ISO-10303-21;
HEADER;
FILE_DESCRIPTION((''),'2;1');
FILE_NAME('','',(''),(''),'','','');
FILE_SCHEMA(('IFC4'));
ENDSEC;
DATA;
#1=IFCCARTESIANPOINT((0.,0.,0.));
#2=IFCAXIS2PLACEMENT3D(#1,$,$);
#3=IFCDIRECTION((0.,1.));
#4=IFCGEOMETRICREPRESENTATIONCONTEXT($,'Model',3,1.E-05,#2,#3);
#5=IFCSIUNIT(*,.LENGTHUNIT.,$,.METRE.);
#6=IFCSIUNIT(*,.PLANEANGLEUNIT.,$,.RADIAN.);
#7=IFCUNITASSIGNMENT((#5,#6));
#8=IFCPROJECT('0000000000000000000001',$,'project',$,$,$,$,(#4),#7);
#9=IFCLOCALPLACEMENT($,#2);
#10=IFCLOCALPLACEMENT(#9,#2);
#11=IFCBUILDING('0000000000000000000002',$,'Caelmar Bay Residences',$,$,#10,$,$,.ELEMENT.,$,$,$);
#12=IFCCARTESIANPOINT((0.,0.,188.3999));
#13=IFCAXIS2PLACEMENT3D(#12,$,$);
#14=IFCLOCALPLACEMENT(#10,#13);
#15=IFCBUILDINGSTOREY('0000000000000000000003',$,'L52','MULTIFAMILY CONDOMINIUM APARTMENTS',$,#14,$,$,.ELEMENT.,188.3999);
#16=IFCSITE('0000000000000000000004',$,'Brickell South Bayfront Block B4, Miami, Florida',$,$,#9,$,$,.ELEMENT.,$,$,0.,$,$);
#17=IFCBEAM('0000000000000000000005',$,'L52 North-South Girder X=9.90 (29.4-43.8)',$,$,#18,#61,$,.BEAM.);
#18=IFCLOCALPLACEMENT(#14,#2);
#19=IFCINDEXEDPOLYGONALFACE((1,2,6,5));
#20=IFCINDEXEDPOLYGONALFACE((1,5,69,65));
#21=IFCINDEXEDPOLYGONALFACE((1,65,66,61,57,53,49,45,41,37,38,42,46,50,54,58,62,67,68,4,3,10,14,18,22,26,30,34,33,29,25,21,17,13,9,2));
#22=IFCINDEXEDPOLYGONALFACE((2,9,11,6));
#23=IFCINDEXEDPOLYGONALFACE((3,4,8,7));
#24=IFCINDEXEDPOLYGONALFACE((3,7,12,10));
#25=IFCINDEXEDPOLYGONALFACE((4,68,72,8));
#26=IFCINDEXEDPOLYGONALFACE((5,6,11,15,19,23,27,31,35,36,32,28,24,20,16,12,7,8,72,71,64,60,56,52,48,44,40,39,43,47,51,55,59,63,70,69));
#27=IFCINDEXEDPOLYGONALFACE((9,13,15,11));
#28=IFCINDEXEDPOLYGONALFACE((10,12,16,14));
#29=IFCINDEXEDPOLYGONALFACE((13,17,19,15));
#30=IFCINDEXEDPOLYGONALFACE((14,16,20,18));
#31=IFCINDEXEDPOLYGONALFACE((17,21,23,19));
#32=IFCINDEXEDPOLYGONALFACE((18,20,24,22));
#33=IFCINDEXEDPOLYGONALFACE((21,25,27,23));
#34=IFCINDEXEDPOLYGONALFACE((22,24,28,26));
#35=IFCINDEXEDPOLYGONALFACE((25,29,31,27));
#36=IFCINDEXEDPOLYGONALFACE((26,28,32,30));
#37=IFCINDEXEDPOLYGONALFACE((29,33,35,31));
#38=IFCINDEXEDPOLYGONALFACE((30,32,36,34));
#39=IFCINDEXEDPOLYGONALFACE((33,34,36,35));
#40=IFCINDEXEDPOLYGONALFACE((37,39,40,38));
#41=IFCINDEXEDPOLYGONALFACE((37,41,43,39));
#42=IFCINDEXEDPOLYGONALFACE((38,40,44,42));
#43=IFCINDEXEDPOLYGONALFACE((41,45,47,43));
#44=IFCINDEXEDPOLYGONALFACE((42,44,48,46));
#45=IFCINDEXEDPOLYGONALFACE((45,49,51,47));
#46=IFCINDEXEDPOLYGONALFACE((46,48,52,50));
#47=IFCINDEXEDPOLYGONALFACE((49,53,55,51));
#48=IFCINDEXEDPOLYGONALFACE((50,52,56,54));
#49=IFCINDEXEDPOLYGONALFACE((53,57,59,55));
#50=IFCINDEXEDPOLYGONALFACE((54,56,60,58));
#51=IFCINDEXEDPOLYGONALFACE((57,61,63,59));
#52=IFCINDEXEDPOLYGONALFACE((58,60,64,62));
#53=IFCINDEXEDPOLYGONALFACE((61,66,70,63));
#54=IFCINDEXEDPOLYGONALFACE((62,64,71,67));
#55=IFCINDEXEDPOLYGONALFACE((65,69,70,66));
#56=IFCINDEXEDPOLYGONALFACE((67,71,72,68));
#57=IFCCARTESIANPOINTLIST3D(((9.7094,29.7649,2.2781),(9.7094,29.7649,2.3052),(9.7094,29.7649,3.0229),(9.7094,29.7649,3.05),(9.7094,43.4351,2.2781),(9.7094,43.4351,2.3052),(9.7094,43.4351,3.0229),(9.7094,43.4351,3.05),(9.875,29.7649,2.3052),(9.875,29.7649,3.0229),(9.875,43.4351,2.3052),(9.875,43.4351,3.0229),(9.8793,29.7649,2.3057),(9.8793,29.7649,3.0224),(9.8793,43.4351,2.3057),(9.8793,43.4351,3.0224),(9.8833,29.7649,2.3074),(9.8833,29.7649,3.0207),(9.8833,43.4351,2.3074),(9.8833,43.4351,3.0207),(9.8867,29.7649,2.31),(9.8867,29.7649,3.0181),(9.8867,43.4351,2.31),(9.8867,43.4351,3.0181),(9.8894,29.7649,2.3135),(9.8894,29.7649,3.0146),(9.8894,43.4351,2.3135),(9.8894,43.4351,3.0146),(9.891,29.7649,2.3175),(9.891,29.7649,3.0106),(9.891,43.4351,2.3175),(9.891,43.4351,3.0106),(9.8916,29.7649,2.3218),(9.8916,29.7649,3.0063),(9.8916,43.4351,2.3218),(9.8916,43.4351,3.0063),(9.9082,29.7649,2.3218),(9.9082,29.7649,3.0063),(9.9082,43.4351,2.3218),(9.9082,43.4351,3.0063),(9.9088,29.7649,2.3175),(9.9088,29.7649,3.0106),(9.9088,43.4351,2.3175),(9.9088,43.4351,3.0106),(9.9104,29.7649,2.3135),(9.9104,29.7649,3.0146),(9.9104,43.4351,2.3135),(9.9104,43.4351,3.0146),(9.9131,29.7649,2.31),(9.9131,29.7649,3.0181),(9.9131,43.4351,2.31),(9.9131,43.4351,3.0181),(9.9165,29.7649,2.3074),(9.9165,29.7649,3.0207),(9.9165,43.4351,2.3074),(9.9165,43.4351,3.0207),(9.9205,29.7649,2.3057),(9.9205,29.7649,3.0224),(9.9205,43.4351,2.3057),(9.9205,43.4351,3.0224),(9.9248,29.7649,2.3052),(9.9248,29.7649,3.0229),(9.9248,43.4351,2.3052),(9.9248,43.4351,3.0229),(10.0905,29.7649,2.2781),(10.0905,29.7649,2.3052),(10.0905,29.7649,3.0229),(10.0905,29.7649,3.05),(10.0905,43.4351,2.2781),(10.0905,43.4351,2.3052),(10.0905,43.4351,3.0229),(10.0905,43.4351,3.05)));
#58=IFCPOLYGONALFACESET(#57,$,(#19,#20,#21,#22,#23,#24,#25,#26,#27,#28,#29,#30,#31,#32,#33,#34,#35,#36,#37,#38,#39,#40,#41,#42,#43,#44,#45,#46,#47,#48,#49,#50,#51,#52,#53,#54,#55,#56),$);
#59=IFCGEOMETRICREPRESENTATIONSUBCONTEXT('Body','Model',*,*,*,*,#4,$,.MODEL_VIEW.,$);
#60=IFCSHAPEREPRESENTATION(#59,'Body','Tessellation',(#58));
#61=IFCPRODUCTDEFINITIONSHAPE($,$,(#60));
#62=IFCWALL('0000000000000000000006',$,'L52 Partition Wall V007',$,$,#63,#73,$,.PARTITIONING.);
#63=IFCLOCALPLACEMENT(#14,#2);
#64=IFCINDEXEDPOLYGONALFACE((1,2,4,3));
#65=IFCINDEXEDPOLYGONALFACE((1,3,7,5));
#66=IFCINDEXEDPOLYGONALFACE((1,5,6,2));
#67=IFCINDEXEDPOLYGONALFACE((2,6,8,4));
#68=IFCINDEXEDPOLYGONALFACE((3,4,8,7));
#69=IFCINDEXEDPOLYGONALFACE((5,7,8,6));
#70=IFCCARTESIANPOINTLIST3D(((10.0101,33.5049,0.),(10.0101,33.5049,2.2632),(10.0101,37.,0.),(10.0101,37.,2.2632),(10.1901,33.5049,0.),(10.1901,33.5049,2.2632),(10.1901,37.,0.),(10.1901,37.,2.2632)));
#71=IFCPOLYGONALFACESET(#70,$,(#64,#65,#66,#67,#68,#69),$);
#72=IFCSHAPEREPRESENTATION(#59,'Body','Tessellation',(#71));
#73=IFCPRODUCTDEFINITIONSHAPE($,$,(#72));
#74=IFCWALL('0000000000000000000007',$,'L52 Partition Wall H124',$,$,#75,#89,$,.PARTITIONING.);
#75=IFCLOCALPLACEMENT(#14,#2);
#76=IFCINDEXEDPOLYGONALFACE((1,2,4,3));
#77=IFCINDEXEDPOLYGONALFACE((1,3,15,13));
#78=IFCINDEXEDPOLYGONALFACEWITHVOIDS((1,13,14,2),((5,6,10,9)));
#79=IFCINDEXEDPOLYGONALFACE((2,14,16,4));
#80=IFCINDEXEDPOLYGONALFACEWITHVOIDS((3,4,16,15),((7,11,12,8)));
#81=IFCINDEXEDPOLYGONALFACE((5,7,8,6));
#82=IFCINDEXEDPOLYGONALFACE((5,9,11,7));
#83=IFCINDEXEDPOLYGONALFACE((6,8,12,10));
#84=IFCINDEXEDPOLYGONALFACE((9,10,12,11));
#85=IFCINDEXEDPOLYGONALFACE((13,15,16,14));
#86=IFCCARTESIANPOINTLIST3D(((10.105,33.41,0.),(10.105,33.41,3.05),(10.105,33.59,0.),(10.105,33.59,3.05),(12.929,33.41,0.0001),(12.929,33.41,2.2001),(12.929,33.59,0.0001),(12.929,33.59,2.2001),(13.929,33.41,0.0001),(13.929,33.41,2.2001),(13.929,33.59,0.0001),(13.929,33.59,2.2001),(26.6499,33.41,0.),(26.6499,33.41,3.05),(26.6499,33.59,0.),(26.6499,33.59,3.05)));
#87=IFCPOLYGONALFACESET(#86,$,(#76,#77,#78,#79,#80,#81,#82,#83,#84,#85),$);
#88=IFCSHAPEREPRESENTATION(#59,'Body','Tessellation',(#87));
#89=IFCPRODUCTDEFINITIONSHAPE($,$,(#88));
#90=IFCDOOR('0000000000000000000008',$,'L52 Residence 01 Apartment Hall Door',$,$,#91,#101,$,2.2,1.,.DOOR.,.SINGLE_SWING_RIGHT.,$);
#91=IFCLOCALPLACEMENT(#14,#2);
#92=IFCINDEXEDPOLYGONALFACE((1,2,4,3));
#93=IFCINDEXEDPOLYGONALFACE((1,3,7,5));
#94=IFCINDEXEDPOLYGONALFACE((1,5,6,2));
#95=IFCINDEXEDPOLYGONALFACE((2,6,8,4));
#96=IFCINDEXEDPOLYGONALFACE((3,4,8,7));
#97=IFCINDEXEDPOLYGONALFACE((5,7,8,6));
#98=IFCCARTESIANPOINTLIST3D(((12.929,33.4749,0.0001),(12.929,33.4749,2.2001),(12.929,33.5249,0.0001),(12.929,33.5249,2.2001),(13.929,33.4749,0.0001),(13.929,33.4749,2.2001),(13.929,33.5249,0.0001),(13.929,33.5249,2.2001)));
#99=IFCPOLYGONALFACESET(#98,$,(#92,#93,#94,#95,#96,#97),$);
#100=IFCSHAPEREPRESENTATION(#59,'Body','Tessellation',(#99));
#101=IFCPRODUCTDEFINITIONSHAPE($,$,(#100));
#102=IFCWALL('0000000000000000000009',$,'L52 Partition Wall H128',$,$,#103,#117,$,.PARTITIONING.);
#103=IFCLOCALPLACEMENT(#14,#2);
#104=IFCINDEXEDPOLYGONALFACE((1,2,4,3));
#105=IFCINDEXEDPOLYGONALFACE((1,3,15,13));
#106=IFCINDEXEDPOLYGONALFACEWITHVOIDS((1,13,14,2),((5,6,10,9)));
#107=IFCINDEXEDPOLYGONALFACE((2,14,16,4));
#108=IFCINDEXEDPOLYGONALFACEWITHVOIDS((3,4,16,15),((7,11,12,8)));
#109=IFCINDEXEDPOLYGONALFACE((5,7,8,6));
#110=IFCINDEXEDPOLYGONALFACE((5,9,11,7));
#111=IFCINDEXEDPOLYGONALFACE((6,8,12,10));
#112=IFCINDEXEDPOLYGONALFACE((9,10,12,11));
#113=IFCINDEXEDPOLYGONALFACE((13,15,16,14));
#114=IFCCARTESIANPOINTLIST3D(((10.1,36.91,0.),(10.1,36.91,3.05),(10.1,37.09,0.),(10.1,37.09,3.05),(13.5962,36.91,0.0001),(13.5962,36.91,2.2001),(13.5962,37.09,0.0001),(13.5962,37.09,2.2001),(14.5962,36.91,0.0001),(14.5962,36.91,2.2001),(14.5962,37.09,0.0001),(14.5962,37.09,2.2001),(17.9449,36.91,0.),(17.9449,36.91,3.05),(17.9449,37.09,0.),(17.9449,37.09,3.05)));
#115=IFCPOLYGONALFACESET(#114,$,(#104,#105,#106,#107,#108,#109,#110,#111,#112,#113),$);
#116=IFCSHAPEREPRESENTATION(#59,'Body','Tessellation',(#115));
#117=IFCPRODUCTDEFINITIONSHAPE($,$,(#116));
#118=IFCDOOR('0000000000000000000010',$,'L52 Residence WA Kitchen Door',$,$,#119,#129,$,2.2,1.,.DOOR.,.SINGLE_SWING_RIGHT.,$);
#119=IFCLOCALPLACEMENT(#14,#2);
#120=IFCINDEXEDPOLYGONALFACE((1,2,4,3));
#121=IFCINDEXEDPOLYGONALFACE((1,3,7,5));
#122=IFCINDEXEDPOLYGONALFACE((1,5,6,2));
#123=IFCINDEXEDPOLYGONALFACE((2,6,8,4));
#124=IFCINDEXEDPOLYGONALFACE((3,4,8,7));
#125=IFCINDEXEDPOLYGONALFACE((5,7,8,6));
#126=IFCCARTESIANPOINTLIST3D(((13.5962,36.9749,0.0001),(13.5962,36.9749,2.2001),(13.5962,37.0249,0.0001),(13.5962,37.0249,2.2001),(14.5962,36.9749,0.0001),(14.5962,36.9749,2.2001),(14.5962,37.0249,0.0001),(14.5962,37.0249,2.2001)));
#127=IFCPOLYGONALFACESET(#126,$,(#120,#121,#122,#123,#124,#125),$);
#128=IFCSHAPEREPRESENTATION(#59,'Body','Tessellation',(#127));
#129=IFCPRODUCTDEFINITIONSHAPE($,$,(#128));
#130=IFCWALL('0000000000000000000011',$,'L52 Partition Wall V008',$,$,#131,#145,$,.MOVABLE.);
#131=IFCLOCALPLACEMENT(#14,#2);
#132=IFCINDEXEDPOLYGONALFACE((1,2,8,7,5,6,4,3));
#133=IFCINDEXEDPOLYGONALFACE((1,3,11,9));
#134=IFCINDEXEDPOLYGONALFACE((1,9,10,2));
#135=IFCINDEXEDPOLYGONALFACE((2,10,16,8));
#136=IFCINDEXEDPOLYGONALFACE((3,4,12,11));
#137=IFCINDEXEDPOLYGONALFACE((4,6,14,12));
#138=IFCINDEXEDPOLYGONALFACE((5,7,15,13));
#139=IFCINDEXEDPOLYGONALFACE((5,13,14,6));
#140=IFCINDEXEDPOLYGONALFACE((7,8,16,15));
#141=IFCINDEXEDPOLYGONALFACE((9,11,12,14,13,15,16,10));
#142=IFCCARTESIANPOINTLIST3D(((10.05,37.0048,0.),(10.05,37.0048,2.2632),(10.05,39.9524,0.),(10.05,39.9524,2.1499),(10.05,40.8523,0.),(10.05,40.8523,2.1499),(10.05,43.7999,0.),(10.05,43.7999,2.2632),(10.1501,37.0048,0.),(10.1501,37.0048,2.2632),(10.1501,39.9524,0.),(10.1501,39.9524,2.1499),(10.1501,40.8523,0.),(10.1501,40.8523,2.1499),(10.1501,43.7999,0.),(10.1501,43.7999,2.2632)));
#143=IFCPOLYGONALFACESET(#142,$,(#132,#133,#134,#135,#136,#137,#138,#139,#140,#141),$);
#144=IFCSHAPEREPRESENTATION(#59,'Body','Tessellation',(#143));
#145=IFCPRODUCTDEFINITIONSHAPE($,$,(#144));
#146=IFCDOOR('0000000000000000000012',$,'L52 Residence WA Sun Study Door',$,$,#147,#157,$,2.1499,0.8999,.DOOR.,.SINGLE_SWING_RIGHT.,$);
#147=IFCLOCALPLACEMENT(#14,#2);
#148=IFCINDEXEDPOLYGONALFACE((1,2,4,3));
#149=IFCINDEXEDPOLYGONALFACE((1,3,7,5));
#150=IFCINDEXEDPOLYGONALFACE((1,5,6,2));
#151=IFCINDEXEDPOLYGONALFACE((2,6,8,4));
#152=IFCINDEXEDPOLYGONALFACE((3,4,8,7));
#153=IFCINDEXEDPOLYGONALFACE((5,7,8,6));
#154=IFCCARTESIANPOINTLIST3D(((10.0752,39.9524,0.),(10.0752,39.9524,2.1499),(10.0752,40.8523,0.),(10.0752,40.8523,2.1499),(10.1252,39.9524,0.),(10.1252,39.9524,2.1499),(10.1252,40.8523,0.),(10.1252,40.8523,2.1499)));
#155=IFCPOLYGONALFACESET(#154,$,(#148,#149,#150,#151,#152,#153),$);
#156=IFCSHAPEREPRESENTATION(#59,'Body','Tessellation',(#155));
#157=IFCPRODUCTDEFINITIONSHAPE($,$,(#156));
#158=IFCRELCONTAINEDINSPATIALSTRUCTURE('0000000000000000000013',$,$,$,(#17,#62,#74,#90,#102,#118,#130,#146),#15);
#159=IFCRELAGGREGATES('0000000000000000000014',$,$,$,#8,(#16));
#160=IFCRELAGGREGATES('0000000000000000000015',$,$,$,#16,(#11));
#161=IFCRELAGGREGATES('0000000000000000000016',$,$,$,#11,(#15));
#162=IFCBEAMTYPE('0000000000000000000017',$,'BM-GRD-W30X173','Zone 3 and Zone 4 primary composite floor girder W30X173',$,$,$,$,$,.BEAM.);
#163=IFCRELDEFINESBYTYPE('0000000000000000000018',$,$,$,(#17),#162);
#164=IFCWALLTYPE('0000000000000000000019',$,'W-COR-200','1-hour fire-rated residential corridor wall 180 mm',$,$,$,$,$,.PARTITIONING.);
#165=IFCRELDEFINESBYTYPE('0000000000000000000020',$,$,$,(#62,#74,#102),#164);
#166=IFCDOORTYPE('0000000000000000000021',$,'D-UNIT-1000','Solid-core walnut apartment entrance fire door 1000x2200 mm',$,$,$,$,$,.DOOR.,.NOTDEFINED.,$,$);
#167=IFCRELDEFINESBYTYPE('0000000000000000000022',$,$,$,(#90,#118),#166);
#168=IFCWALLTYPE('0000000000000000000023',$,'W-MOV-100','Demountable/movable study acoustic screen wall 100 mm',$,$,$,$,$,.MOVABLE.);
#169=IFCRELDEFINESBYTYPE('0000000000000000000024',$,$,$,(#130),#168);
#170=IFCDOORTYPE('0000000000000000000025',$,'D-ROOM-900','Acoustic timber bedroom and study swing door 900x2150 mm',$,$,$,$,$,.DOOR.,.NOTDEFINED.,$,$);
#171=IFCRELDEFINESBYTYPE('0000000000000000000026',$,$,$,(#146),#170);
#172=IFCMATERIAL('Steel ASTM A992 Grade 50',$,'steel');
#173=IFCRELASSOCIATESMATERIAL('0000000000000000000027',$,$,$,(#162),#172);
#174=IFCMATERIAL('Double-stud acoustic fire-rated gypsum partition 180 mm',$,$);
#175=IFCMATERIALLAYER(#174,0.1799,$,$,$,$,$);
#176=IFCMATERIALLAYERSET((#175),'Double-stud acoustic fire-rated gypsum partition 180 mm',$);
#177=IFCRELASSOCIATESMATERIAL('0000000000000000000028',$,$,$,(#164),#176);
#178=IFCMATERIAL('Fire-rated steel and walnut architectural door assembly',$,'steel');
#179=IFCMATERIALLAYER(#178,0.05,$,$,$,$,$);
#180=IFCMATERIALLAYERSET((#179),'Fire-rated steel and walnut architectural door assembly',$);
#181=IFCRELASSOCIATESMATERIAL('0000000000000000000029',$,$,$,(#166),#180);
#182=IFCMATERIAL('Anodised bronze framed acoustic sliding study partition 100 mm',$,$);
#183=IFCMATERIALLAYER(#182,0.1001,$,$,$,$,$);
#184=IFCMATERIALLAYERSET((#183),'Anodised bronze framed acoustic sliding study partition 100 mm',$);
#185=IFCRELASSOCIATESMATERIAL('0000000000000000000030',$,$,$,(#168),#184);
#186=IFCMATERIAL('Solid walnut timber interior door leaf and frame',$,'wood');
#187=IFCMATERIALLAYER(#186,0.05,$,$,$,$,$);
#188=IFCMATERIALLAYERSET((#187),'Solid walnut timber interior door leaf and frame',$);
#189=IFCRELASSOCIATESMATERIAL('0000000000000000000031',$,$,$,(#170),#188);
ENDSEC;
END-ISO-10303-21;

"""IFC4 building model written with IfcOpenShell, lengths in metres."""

from ifc_helpers import new_model, si_unit, direction, frame, frame_2d, origin, origin_2d, place, context, subcontext, project, spatial, rectangle, i_section, extrude, material, layer, layer_set, material_profile, profile_set, type_object, element, fill, save


model = new_model("IFC4")

# Units and contexts
model_context = context("Model", 3, precision=1e-05, world=origin(), true_north=direction((0.0, 1.0)))
body_context = subcontext(model_context, "Body", "Model", "MODEL_VIEW")
ifc_project = project(units=[si_unit("LENGTHUNIT", "METRE"), si_unit("PLANEANGLEUNIT", "RADIAN")], contexts=[model_context])

# Site, building, storey
site_placement = place(None, origin())
site = spatial("IfcSite", under=ifc_project, at=site_placement, Name="Brickell South Bayfront Block B4, Miami, Florida", CompositionType="ELEMENT", RefElevation=0.0)
building_placement = place(site_placement, origin())
building = spatial("IfcBuilding", under=site, at=building_placement, Name="Caelmar Bay Residences", CompositionType="ELEMENT")
storey_placement = place(building_placement, frame((0.0, 0.0, 188.3999)))
storey = spatial("IfcBuildingStorey", under=building, at=storey_placement, Name="L52", Description="MULTIFAMILY CONDOMINIUM APARTMENTS", CompositionType="ELEMENT", Elevation=188.3999)

# Beam
ifc_material_1 = material(Name="Steel ASTM A992 Grade 50", Category="steel")
ifc_material_profile_1 = material_profile(ifc_material_1, i_section(OverallWidth=0.3811, OverallDepth=0.772, WebThickness=0.0166, FlangeThickness=0.0271, FilletRadius=0.0166, at=origin_2d()), Name="W30X173")
ifc_profile_set_1 = profile_set([ifc_material_profile_1], Name="Steel ASTM A992 Grade 50")
beam_type = type_object("IfcBeamType", Name="BM-GRD-W30X173", Description="Zone 3 and Zone 4 primary composite floor girder W30X173", PredefinedType="BEAM", material=ifc_profile_set_1)
beam_placement = place(storey_placement, frame((9.8999, 29.7649, 2.6641), z_axis=(0.0, 1.0, 0.0), x_axis=(-1.0, 0.0, 0.0)))
element("IfcBeam", 1, at=beam_placement, inside=storey, type_object=beam_type, Name="L52 North-South Girder X=9.90 (29.4-43.8)", PredefinedType="BEAM", context=body_context, shape_type="SweptSolid", body=[
    extrude(i_section(OverallWidth=0.3811, OverallDepth=0.772, WebThickness=0.0166, FlangeThickness=0.0271, FilletRadius=0.0166, at=origin_2d()), origin(), (0.0, 0.0, 1.0), 13.6702),
])

# Shared definitions
ifc_material_2 = material(Name="Fire-rated steel and walnut architectural door assembly", Category="steel")

# Wall
ifc_material_3 = material(Name="Double-stud acoustic fire-rated gypsum partition 180 mm")
ifc_layer_1 = layer(ifc_material_3, 0.1799)
ifc_layer_set_1 = layer_set([ifc_layer_1], Name="Double-stud acoustic fire-rated gypsum partition 180 mm")
wall_type_1 = type_object("IfcWallType", Name="W-COR-200", Description="1-hour fire-rated residential corridor wall 180 mm", PredefinedType="PARTITIONING", material=ifc_layer_set_1)
wall_1_placement = place(storey_placement, frame((10.1001, 33.5049, 0.0), z_axis=(0.0, 0.0, 1.0), x_axis=(0.0, 1.0, 0.0)))
element("IfcWall", 2, at=wall_1_placement, inside=storey, type_object=wall_type_1, Name="L52 Partition Wall V007", PredefinedType="PARTITIONING", context=body_context, shape_type="SweptSolid", body=[
    extrude(rectangle(XDim=3.4951, YDim=0.1799, at=frame_2d((1.7476, 0.0))), origin(), (0.0, 0.0, 1.0), 2.2632),
])

# Walls, openings, doors
wall_2_placement = place(storey_placement, frame((10.105, 33.5, 0.0), z_axis=(0.0, 0.0, 1.0), x_axis=(1.0, 0.0, 0.0)))
wall_2 = element("IfcWall", 3, at=wall_2_placement, inside=storey, type_object=wall_type_1, Name="L52 Partition Wall H124", PredefinedType="PARTITIONING", context=body_context, shape_type="SweptSolid", body=[
    extrude(rectangle(XDim=16.5449, YDim=0.1799, at=frame_2d((8.2725, 0.0))), origin(), (0.0, 0.0, 1.0), 3.05),
])
opening_1_placement = place(wall_2_placement, frame((2.824, 0.0, 0.0)))
opening_1 = element("IfcOpeningElement", 4, at=opening_1_placement, cuts=wall_2, PredefinedType="OPENING", context=body_context, shape_type="SweptSolid", body=[
    extrude(rectangle(XDim=1.0, YDim=2.2, at=frame_2d((0.5, 1.1001))), frame((0.0, 0.0999, 0.0), z_axis=(0.0, -1.0, 0.0), x_axis=(1.0, 0.0, 0.0)), (0.0, 0.0, 1.0), 0.2),
])
ifc_layer_2 = layer(ifc_material_2, 0.05)
ifc_layer_set_2 = layer_set([ifc_layer_2], Name="Fire-rated steel and walnut architectural door assembly")
door_type_1 = type_object("IfcDoorType", Name="D-UNIT-1000", Description="Solid-core walnut apartment entrance fire door 1000x2200 mm", OperationType="NOTDEFINED", PredefinedType="DOOR", material=ifc_layer_set_2)
door_1_placement = place(opening_1_placement, origin())
door_1 = element("IfcDoor", 5, at=door_1_placement, inside=storey, type_object=door_type_1, Name="L52 Residence 01 Apartment Hall Door", OperationType="SINGLE_SWING_RIGHT", OverallHeight=2.2, OverallWidth=1.0, PredefinedType="DOOR", context=body_context, shape_type="SweptSolid", body=[
    extrude(rectangle(XDim=1.0, YDim=2.2, at=frame_2d((0.5, 1.1001))), frame((0.0, 0.0249, 0.0), z_axis=(0.0, -1.0, 0.0), x_axis=(1.0, 0.0, 0.0)), (0.0, 0.0, 1.0), 0.05),
])
fill(opening_1, door_1)
wall_3_placement = place(storey_placement, frame((10.1001, 37.0, 0.0), z_axis=(0.0, 0.0, 1.0), x_axis=(1.0, 0.0, 0.0)))
wall_3 = element("IfcWall", 6, at=wall_3_placement, inside=storey, type_object=wall_type_1, Name="L52 Partition Wall H128", PredefinedType="PARTITIONING", context=body_context, shape_type="SweptSolid", body=[
    extrude(rectangle(XDim=7.845, YDim=0.1799, at=frame_2d((3.9224, 0.0))), origin(), (0.0, 0.0, 1.0), 3.05),
])
opening_2_placement = place(wall_3_placement, frame((3.4961, 0.0, 0.0)))
opening_2 = element("IfcOpeningElement", 7, at=opening_2_placement, cuts=wall_3, PredefinedType="OPENING", context=body_context, shape_type="SweptSolid", body=[
    extrude(rectangle(XDim=1.0, YDim=2.2, at=frame_2d((0.5, 1.1001))), frame((0.0, 0.0999, 0.0), z_axis=(0.0, -1.0, 0.0), x_axis=(1.0, 0.0, 0.0)), (0.0, 0.0, 1.0), 0.2),
])
door_2_placement = place(opening_2_placement, origin())
door_2 = element("IfcDoor", 8, at=door_2_placement, inside=storey, type_object=door_type_1, Name="L52 Residence WA Kitchen Door", OperationType="SINGLE_SWING_RIGHT", OverallHeight=2.2, OverallWidth=1.0, PredefinedType="DOOR", context=body_context, shape_type="SweptSolid", body=[
    extrude(rectangle(XDim=1.0, YDim=2.2, at=frame_2d((0.5, 1.1001))), frame((0.0, 0.0249, 0.0), z_axis=(0.0, -1.0, 0.0), x_axis=(1.0, 0.0, 0.0)), (0.0, 0.0, 1.0), 0.05),
])
fill(opening_2, door_2)
ifc_material_4 = material(Name="Anodised bronze framed acoustic sliding study partition 100 mm")
ifc_layer_3 = layer(ifc_material_4, 0.1001)
ifc_layer_set_3 = layer_set([ifc_layer_3], Name="Anodised bronze framed acoustic sliding study partition 100 mm")
wall_type_2 = type_object("IfcWallType", Name="W-MOV-100", Description="Demountable/movable study acoustic screen wall 100 mm", PredefinedType="MOVABLE", material=ifc_layer_set_3)
wall_4_placement = place(storey_placement, frame((10.1001, 37.0049, 0.0), z_axis=(0.0, 0.0, 1.0), x_axis=(0.0, 1.0, 0.0)))
wall_4 = element("IfcWall", 9, at=wall_4_placement, inside=storey, type_object=wall_type_2, Name="L52 Partition Wall V008", PredefinedType="MOVABLE", context=body_context, shape_type="SweptSolid", body=[
    extrude(rectangle(XDim=6.7952, YDim=0.1001, at=frame_2d((3.3975, 0.0))), origin(), (0.0, 0.0, 1.0), 2.2632),
])
opening_3_placement = place(wall_4_placement, frame((2.9475, 0.0, 0.0)))
opening_3 = element("IfcOpeningElement", 10, at=opening_3_placement, cuts=wall_4, PredefinedType="OPENING", context=body_context, shape_type="SweptSolid", body=[
    extrude(rectangle(XDim=0.8999, YDim=2.1499, at=frame_2d((0.45, 1.075))), frame((0.0, 0.0601, 0.0), z_axis=(0.0, -1.0, 0.0), x_axis=(1.0, 0.0, 0.0)), (0.0, 0.0, 1.0), 0.1201),
])
ifc_material_5 = material(Name="Solid walnut timber interior door leaf and frame", Category="wood")
ifc_layer_4 = layer(ifc_material_5, 0.05)
ifc_layer_set_4 = layer_set([ifc_layer_4], Name="Solid walnut timber interior door leaf and frame")
door_type_2 = type_object("IfcDoorType", Name="D-ROOM-900", Description="Acoustic timber bedroom and study swing door 900x2150 mm", OperationType="NOTDEFINED", PredefinedType="DOOR", material=ifc_layer_set_4)
door_3_placement = place(opening_3_placement, origin())
door_3 = element("IfcDoor", 11, at=door_3_placement, inside=storey, type_object=door_type_2, Name="L52 Residence WA Sun Study Door", OperationType="SINGLE_SWING_RIGHT", OverallHeight=2.1499, OverallWidth=0.8999, PredefinedType="DOOR", context=body_context, shape_type="SweptSolid", body=[
    extrude(rectangle(XDim=0.8999, YDim=2.1499, at=frame_2d((0.45, 1.075))), frame((0.0, 0.0249, 0.0), z_axis=(0.0, -1.0, 0.0), x_axis=(1.0, 0.0, 0.0)), (0.0, 0.0, 1.0), 0.05),
])
fill(opening_3, door_3)

save(model, "model.ifc")
